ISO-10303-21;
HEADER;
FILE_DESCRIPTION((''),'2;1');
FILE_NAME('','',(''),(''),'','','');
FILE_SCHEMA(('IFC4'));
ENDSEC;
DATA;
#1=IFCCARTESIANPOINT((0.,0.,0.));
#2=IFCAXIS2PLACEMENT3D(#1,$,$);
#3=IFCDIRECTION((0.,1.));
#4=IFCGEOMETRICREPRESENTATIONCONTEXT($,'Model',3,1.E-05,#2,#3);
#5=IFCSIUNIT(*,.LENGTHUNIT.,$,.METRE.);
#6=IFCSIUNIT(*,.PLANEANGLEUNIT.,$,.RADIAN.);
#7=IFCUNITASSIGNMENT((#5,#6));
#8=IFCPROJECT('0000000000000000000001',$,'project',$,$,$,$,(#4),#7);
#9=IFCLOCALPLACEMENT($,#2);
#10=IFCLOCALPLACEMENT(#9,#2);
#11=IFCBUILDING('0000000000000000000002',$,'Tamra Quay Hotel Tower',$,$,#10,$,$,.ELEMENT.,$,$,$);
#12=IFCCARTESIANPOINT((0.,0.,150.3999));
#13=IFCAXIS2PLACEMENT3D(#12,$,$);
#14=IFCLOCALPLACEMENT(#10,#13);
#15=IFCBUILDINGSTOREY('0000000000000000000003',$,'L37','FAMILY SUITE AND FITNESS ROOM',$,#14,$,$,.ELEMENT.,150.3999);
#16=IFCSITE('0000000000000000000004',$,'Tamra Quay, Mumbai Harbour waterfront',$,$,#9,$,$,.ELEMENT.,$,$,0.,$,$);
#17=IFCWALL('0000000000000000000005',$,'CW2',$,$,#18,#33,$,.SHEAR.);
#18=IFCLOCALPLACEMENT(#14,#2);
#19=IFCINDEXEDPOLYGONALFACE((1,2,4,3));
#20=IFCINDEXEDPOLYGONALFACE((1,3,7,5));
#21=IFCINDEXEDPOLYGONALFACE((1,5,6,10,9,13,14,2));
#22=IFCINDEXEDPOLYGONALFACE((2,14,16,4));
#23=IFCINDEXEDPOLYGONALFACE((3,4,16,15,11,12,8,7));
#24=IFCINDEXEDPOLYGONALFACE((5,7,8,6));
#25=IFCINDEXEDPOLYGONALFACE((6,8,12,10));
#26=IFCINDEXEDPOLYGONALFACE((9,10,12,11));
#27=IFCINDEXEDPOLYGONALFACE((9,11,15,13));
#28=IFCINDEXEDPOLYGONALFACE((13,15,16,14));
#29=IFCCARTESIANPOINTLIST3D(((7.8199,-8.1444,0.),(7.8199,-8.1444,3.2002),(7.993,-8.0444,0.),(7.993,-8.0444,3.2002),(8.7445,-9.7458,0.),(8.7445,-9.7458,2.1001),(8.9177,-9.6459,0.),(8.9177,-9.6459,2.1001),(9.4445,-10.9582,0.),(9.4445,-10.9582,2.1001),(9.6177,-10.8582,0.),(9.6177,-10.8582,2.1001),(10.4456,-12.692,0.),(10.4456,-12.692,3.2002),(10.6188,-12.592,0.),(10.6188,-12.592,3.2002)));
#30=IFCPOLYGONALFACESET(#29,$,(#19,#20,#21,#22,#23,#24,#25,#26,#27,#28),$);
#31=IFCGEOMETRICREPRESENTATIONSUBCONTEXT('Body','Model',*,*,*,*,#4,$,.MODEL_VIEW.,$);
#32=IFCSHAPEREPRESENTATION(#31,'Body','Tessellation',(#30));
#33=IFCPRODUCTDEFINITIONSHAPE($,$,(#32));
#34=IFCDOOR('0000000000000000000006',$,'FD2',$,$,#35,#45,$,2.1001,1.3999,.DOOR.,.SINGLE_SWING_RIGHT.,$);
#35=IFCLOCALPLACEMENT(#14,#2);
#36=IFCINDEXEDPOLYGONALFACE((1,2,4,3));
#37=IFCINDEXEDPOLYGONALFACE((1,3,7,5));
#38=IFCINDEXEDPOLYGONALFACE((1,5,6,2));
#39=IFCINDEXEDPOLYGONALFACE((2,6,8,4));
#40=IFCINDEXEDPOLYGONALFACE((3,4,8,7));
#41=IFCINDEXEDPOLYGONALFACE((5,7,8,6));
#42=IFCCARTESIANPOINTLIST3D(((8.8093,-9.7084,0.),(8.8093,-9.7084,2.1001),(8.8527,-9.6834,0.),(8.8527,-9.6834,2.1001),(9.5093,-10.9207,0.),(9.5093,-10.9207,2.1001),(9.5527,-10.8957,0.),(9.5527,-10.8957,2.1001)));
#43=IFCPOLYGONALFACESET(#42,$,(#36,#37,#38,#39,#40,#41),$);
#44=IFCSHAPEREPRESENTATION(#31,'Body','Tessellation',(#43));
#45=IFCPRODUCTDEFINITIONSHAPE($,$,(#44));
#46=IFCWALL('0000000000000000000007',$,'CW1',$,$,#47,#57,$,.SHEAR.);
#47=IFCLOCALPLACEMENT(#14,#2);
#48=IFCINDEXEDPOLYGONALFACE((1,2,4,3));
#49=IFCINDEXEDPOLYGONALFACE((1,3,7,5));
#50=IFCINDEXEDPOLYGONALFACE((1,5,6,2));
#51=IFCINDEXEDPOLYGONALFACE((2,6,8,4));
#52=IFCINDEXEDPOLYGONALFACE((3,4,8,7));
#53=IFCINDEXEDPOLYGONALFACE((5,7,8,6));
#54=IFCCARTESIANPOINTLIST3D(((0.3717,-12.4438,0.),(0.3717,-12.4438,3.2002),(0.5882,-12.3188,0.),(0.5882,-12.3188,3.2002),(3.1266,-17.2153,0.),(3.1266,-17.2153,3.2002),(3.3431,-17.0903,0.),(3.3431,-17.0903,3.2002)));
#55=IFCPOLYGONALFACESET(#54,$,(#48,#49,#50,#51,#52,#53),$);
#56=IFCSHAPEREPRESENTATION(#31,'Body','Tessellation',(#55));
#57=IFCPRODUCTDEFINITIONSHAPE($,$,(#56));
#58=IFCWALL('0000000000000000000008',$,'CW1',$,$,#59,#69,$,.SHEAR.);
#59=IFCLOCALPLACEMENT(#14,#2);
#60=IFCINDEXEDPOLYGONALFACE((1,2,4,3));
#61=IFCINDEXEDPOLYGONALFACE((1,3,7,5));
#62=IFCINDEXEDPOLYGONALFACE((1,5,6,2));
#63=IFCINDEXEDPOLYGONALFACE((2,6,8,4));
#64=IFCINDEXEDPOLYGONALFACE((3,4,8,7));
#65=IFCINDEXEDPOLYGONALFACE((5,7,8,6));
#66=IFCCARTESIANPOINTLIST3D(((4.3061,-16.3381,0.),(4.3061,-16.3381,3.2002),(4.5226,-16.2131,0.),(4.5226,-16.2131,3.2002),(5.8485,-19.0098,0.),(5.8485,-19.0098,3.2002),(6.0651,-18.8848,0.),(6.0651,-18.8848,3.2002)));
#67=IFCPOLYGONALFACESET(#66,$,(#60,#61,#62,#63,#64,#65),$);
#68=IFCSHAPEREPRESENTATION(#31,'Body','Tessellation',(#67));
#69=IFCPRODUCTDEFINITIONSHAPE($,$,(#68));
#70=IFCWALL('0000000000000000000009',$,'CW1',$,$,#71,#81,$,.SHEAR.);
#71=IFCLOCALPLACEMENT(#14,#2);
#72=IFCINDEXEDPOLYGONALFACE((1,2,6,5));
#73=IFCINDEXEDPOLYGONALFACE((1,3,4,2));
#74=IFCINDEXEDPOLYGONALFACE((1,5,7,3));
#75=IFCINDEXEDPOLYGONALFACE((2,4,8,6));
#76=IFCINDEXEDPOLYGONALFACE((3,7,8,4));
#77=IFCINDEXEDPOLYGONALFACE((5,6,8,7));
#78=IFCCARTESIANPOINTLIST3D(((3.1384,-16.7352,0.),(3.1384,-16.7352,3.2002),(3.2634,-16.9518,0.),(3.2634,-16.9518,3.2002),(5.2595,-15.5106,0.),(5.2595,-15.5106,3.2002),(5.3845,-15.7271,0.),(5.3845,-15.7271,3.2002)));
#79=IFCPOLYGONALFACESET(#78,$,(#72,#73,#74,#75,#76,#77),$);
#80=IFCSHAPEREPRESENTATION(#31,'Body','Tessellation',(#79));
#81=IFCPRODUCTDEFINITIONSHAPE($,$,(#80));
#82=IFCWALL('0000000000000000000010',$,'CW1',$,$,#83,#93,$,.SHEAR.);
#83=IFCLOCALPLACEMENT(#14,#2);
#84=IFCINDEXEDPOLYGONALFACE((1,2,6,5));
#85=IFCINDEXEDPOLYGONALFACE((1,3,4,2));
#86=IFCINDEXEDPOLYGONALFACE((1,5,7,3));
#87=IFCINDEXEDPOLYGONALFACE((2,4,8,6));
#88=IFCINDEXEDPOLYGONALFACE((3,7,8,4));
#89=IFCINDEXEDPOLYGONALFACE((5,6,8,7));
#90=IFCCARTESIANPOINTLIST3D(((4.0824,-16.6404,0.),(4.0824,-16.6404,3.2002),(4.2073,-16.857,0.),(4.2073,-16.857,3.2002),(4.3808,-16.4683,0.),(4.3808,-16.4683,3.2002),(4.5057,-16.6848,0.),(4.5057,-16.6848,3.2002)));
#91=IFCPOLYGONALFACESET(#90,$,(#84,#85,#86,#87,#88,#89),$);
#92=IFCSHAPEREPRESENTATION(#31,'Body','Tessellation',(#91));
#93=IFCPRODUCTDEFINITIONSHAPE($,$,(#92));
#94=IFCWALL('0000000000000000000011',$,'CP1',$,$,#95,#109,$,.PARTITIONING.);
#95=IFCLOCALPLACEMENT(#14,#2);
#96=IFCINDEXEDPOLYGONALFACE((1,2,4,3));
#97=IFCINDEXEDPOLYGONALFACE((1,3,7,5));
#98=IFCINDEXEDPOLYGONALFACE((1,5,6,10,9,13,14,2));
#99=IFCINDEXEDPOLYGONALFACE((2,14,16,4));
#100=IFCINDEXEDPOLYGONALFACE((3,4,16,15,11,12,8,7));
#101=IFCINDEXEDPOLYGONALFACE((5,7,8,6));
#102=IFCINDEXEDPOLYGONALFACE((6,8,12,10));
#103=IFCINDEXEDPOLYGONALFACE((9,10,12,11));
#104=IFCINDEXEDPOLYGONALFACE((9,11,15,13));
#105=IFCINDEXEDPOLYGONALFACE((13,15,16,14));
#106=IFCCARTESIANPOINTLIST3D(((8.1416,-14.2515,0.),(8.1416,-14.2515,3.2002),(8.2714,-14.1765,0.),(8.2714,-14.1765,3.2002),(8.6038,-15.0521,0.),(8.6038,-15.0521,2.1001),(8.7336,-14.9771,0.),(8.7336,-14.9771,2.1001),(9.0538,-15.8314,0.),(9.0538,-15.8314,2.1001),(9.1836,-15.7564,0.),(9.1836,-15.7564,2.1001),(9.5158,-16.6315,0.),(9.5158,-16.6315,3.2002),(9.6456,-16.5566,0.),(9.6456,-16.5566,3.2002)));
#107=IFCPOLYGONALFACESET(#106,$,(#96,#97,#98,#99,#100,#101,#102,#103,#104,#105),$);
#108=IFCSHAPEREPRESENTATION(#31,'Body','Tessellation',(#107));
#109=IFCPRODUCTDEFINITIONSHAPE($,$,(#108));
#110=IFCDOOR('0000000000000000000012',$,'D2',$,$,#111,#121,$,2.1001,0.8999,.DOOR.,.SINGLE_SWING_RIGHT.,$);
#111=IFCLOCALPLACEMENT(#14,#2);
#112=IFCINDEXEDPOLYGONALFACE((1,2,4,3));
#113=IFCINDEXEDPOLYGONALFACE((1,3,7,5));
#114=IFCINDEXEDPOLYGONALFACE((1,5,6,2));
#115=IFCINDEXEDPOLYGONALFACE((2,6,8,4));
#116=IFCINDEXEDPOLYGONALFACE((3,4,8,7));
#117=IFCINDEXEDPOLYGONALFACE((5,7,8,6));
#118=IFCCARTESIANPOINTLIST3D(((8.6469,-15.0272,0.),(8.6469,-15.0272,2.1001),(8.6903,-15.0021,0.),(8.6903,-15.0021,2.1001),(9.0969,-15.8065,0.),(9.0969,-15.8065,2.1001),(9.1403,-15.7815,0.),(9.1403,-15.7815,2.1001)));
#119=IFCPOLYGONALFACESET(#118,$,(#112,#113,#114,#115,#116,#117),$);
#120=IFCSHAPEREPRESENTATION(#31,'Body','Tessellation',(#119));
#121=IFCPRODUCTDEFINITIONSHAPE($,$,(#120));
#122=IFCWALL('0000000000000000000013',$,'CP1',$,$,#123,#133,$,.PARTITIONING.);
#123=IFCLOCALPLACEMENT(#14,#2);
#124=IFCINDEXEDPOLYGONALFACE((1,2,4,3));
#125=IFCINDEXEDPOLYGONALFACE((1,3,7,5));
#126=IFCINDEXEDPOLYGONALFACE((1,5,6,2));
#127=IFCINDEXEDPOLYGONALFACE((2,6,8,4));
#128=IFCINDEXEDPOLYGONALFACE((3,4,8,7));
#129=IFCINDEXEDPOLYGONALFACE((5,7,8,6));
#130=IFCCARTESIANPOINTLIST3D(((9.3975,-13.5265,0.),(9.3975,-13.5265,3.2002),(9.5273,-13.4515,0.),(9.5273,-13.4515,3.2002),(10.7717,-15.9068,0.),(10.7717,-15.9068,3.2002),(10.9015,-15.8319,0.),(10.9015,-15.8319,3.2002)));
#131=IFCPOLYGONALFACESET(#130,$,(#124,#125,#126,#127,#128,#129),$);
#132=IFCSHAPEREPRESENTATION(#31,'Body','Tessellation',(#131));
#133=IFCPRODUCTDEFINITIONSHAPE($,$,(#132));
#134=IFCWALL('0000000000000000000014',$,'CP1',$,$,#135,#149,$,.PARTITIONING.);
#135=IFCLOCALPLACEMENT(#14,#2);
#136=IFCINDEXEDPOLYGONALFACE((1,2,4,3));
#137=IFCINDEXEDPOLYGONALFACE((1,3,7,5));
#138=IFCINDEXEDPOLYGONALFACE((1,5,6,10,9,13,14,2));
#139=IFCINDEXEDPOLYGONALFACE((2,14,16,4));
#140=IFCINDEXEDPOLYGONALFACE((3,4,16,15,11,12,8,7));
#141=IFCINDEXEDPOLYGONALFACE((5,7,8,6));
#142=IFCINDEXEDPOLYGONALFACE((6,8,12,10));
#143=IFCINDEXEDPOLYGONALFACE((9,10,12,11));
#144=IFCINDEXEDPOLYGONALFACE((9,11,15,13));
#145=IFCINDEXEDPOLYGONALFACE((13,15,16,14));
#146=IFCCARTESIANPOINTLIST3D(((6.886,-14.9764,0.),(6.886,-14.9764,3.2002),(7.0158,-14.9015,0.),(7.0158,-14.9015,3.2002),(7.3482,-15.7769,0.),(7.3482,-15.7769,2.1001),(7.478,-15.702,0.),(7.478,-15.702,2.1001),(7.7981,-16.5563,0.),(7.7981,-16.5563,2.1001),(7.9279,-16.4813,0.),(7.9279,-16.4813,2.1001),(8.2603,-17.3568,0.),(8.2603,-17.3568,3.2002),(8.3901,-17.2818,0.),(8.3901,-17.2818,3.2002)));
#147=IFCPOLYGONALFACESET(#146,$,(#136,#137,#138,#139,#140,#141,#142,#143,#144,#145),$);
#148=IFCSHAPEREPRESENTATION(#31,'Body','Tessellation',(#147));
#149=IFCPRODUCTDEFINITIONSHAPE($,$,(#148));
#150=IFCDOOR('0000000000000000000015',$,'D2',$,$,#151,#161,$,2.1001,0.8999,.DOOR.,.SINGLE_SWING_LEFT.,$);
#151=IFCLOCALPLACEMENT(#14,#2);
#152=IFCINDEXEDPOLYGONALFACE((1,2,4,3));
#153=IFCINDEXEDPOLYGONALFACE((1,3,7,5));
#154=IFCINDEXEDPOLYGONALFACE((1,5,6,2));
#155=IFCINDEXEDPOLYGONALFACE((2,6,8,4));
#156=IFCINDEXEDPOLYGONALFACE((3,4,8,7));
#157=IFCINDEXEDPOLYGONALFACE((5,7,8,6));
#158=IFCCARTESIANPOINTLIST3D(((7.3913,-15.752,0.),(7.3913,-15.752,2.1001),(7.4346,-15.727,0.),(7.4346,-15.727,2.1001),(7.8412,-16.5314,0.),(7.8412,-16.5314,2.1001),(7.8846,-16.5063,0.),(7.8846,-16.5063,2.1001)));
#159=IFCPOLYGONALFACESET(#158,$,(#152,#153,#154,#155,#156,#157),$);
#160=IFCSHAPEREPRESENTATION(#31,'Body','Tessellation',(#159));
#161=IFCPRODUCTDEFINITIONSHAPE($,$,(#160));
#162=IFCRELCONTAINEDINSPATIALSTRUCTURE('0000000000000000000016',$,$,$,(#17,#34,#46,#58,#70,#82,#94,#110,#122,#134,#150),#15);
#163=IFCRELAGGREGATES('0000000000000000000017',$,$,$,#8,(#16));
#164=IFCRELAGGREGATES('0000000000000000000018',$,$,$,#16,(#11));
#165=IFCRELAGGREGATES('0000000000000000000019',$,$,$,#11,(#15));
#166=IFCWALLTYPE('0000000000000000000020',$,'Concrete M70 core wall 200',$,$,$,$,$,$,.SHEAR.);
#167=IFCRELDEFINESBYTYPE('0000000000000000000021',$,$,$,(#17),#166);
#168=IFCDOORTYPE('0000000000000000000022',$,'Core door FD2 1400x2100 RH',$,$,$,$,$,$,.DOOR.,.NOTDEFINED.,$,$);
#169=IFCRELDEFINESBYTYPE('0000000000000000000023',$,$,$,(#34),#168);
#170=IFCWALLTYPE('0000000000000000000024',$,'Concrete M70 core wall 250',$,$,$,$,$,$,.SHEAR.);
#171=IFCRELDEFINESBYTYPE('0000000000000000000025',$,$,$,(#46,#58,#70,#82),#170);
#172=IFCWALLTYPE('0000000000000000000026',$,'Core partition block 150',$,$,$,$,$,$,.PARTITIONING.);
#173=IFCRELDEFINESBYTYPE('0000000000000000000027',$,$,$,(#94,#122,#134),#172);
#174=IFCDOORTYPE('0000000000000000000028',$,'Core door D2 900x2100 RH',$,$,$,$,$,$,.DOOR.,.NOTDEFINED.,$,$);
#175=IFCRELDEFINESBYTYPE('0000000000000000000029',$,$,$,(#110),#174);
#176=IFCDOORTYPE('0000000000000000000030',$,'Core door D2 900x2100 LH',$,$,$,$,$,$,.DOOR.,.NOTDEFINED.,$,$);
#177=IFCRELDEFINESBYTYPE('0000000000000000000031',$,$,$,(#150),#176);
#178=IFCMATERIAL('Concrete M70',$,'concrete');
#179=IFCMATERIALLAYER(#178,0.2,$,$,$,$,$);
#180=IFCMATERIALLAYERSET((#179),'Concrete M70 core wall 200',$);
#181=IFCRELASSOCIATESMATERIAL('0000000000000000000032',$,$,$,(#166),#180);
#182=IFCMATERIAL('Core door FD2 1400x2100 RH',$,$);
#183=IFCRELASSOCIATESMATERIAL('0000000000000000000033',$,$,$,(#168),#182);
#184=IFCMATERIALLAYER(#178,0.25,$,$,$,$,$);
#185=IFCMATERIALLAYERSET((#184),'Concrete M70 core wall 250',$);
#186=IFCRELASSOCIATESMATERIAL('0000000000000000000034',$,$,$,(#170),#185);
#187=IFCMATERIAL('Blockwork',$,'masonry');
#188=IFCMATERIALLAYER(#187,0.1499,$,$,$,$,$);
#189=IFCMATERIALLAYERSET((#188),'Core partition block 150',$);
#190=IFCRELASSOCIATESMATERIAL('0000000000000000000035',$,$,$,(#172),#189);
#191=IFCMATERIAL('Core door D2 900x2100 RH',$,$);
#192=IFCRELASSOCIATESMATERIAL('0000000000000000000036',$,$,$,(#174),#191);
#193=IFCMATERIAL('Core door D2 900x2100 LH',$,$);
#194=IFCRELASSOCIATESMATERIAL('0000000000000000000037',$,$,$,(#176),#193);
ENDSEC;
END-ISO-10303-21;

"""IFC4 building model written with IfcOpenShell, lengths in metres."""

from ifc_helpers import new_model, si_unit, direction, frame, frame_2d, origin, place, context, subcontext, project, spatial, rectangle, extrude, material, layer, layer_set, type_object, element, fill, save


model = new_model("IFC4")

# Units and contexts
model_context = context("Model", 3, precision=1e-05, world=origin(), true_north=direction((0.0, 1.0)))
body_context = subcontext(model_context, "Body", "Model", "MODEL_VIEW")
ifc_project = project(units=[si_unit("LENGTHUNIT", "METRE"), si_unit("PLANEANGLEUNIT", "RADIAN")], contexts=[model_context])

# Site, building, storey
site_placement = place(None, origin())
site = spatial("IfcSite", under=ifc_project, at=site_placement, Name="Tamra Quay, Mumbai Harbour waterfront", CompositionType="ELEMENT", RefElevation=0.0)
building_placement = place(site_placement, origin())
building = spatial("IfcBuilding", under=site, at=building_placement, Name="Tamra Quay Hotel Tower", CompositionType="ELEMENT")
storey_placement = place(building_placement, frame((0.0, 0.0, 150.3999)))
storey = spatial("IfcBuildingStorey", under=building, at=storey_placement, Name="L37", Description="FAMILY SUITE AND FITNESS ROOM", CompositionType="ELEMENT", Elevation=150.3999)

# Wall, opening, door
ifc_material_1 = material(Name="Concrete M70", Category="concrete")
ifc_layer_1 = layer(ifc_material_1, 0.2)
ifc_layer_set_1 = layer_set([ifc_layer_1], Name="Concrete M70 core wall 200")
wall_type_1 = type_object("IfcWallType", Name="Concrete M70 core wall 200", PredefinedType="SHEAR", material=ifc_layer_set_1)
wall_1_placement = place(storey_placement, frame((7.9065, -8.0945, 0.0), z_axis=(0.0, 0.0, 1.0), x_axis=(0.500024, -0.866011, 0.0)))
wall_1 = element("IfcWall", 1, at=wall_1_placement, inside=storey, type_object=wall_type_1, Name="CW2", PredefinedType="SHEAR", context=body_context, shape_type="SweptSolid", body=[
    extrude(rectangle(XDim=5.2512, YDim=0.2, at=frame_2d((2.6255, 0.0))), origin(), (0.0, 0.0, 1.0), 3.2002),
])
opening_1_placement = place(wall_1_placement, frame((1.8491, 0.0, 0.0)))
opening_1 = element("IfcOpeningElement", 2, at=opening_1_placement, cuts=wall_1, PredefinedType="OPENING", context=body_context, shape_type="SweptSolid", body=[
    extrude(rectangle(XDim=1.3999, YDim=2.1001, at=frame_2d((0.7, 1.05))), frame((0.0, 0.1099, 0.0), z_axis=(0.0, -1.0, 0.0), x_axis=(1.0, 0.0, 0.0)), (0.0, 0.0, 1.0), 0.22),
])
ifc_material_2 = material(Name="Core door FD2 1400x2100 RH")
door_type_1 = type_object("IfcDoorType", Name="Core door FD2 1400x2100 RH", OperationType="NOTDEFINED", PredefinedType="DOOR", material=ifc_material_2)
door_1_placement = place(opening_1_placement, origin())
door_1 = element("IfcDoor", 3, at=door_1_placement, inside=storey, type_object=door_type_1, Name="FD2", OperationType="SINGLE_SWING_RIGHT", OverallHeight=2.1001, OverallWidth=1.3999, PredefinedType="DOOR", context=body_context, shape_type="SweptSolid", body=[
    extrude(rectangle(XDim=1.3999, YDim=2.1001, at=frame_2d((0.7, 1.05))), frame((0.0, 0.0249, 0.0), z_axis=(0.0, -1.0, 0.0), x_axis=(1.0, 0.0, 0.0)), (0.0, 0.0, 1.0), 0.05),
])
fill(opening_1, door_1)

# Walls
ifc_layer_2 = layer(ifc_material_1, 0.25)
ifc_layer_set_2 = layer_set([ifc_layer_2], Name="Concrete M70 core wall 250")
wall_type_2 = type_object("IfcWallType", Name="Concrete M70 core wall 250", PredefinedType="SHEAR", material=ifc_layer_set_2)
wall_2_placement = place(storey_placement, frame((3.2349, -17.1528, 0.0), z_axis=(0.0, 0.0, 1.0), x_axis=(-0.500009, 0.86602, 0.0)))
element("IfcWall", 4, at=wall_2_placement, inside=storey, type_object=wall_type_2, Name="CW1", PredefinedType="SHEAR", context=body_context, shape_type="SweptSolid", body=[
    extrude(rectangle(XDim=5.5098, YDim=0.25, at=frame_2d((2.7549, 0.0))), origin(), (0.0, 0.0, 1.0), 3.2002),
])
wall_3_placement = place(storey_placement, frame((4.4143, -16.2756, 0.0), z_axis=(0.0, 0.0, 1.0), x_axis=(0.500003, -0.866023, 0.0)))
element("IfcWall", 5, at=wall_3_placement, inside=storey, type_object=wall_type_2, Name="CW1", PredefinedType="SHEAR", context=body_context, shape_type="SweptSolid", body=[
    extrude(rectangle(XDim=3.085, YDim=0.25, at=frame_2d((1.5425, 0.0))), origin(), (0.0, 0.0, 1.0), 3.2002),
])
wall_4_placement = place(storey_placement, frame((5.322, -15.6189, 0.0), z_axis=(0.0, 0.0, 1.0), x_axis=(-0.866026, -0.499999, 0.0)))
element("IfcWall", 6, at=wall_4_placement, inside=storey, type_object=wall_type_2, Name="CW1", PredefinedType="SHEAR", context=body_context, shape_type="SweptSolid", body=[
    extrude(rectangle(XDim=2.4492, YDim=0.25, at=frame_2d((1.2246, 0.0))), origin(), (0.0, 0.0, 1.0), 3.2002),
])
wall_5_placement = place(storey_placement, frame((4.1448, -16.7488, 0.0), z_axis=(0.0, 0.0, 1.0), x_axis=(0.866186, 0.499722, 0.0)))
element("IfcWall", 7, at=wall_5_placement, inside=storey, type_object=wall_type_2, Name="CW1", PredefinedType="SHEAR", context=body_context, shape_type="SweptSolid", body=[
    extrude(rectangle(XDim=0.3445, YDim=0.25, at=frame_2d((0.1724, 0.0))), origin(), (0.0, 0.0, 1.0), 3.2002),
])

# Wall, opening, door
ifc_material_3 = material(Name="Blockwork", Category="masonry")
ifc_layer_3 = layer(ifc_material_3, 0.1499)
ifc_layer_set_3 = layer_set([ifc_layer_3], Name="Core partition block 150")
wall_type_3 = type_object("IfcWallType", Name="Core partition block 150", PredefinedType="PARTITIONING", material=ifc_layer_set_3)
wall_6_placement = place(storey_placement, frame((8.2065, -14.2141, 0.0), z_axis=(0.0, 0.0, 1.0), x_axis=(0.500027, -0.86601, 0.0)))
wall_6 = element("IfcWall", 8, at=wall_6_placement, inside=storey, type_object=wall_type_3, Name="CP1", PredefinedType="PARTITIONING", context=body_context, shape_type="SweptSolid", body=[
    extrude(rectangle(XDim=2.7483, YDim=0.1499, at=frame_2d((1.374, 0.0))), origin(), (0.0, 0.0, 1.0), 3.2002),
])
opening_2_placement = place(wall_6_placement, frame((0.9243, 0.0, 0.0)))
opening_2 = element("IfcOpeningElement", 9, at=opening_2_placement, cuts=wall_6, PredefinedType="OPENING", context=body_context, shape_type="SweptSolid", body=[
    extrude(rectangle(XDim=0.8999, YDim=2.1001, at=frame_2d((0.45, 1.05))), frame((0.0, 0.085, 0.0), z_axis=(0.0, -1.0, 0.0), x_axis=(1.0, 0.0, 0.0)), (0.0, 0.0, 1.0), 0.1699),
])
ifc_material_4 = material(Name="Core door D2 900x2100 RH")
door_type_2 = type_object("IfcDoorType", Name="Core door D2 900x2100 RH", OperationType="NOTDEFINED", PredefinedType="DOOR", material=ifc_material_4)
door_2_placement = place(opening_2_placement, origin())
door_2 = element("IfcDoor", 10, at=door_2_placement, inside=storey, type_object=door_type_2, Name="D2", OperationType="SINGLE_SWING_RIGHT", OverallHeight=2.1001, OverallWidth=0.8999, PredefinedType="DOOR", context=body_context, shape_type="SweptSolid", body=[
    extrude(rectangle(XDim=0.8999, YDim=2.1001, at=frame_2d((0.45, 1.05))), frame((0.0, 0.0249, 0.0), z_axis=(0.0, -1.0, 0.0), x_axis=(1.0, 0.0, 0.0)), (0.0, 0.0, 1.0), 0.05),
])
fill(opening_2, door_2)

# Wall
wall_7_placement = place(storey_placement, frame((9.4624, -13.489, 0.0), z_axis=(0.0, 0.0, 1.0), x_axis=(0.499989, -0.866032, 0.0)))
element("IfcWall", 11, at=wall_7_placement, inside=storey, type_object=wall_type_3, Name="CP1", PredefinedType="PARTITIONING", context=body_context, shape_type="SweptSolid", body=[
    extrude(rectangle(XDim=2.7485, YDim=0.1499, at=frame_2d((1.3743, 0.0))), origin(), (0.0, 0.0, 1.0), 3.2002),
])

# Wall, opening, door
wall_8_placement = place(storey_placement, frame((6.9509, -14.939, 0.0), z_axis=(0.0, 0.0, 1.0), x_axis=(0.499989, -0.866032, 0.0)))
wall_8 = element("IfcWall", 12, at=wall_8_placement, inside=storey, type_object=wall_type_3, Name="CP1", PredefinedType="PARTITIONING", context=body_context, shape_type="SweptSolid", body=[
    extrude(rectangle(XDim=2.7485, YDim=0.1499, at=frame_2d((1.3743, 0.0))), origin(), (0.0, 0.0, 1.0), 3.2002),
])
opening_3_placement = place(wall_8_placement, frame((0.9243, 0.0, 0.0)))
opening_3 = element("IfcOpeningElement", 13, at=opening_3_placement, cuts=wall_8, PredefinedType="OPENING", context=body_context, shape_type="SweptSolid", body=[
    extrude(rectangle(XDim=0.8999, YDim=2.1001, at=frame_2d((0.45, 1.05))), frame((0.0, 0.085, 0.0), z_axis=(0.0, -1.0, 0.0), x_axis=(1.0, 0.0, 0.0)), (0.0, 0.0, 1.0), 0.1699),
])
ifc_material_5 = material(Name="Core door D2 900x2100 LH")
door_type_3 = type_object("IfcDoorType", Name="Core door D2 900x2100 LH", OperationType="NOTDEFINED", PredefinedType="DOOR", material=ifc_material_5)
door_3_placement = place(opening_3_placement, origin())
door_3 = element("IfcDoor", 14, at=door_3_placement, inside=storey, type_object=door_type_3, Name="D2", OperationType="SINGLE_SWING_LEFT", OverallHeight=2.1001, OverallWidth=0.8999, PredefinedType="DOOR", context=body_context, shape_type="SweptSolid", body=[
    extrude(rectangle(XDim=0.8999, YDim=2.1001, at=frame_2d((0.45, 1.05))), frame((0.0, 0.0249, 0.0), z_axis=(0.0, -1.0, 0.0), x_axis=(1.0, 0.0, 0.0)), (0.0, 0.0, 1.0), 0.05),
])
fill(opening_3, door_3)

save(model, "model.ifc")
